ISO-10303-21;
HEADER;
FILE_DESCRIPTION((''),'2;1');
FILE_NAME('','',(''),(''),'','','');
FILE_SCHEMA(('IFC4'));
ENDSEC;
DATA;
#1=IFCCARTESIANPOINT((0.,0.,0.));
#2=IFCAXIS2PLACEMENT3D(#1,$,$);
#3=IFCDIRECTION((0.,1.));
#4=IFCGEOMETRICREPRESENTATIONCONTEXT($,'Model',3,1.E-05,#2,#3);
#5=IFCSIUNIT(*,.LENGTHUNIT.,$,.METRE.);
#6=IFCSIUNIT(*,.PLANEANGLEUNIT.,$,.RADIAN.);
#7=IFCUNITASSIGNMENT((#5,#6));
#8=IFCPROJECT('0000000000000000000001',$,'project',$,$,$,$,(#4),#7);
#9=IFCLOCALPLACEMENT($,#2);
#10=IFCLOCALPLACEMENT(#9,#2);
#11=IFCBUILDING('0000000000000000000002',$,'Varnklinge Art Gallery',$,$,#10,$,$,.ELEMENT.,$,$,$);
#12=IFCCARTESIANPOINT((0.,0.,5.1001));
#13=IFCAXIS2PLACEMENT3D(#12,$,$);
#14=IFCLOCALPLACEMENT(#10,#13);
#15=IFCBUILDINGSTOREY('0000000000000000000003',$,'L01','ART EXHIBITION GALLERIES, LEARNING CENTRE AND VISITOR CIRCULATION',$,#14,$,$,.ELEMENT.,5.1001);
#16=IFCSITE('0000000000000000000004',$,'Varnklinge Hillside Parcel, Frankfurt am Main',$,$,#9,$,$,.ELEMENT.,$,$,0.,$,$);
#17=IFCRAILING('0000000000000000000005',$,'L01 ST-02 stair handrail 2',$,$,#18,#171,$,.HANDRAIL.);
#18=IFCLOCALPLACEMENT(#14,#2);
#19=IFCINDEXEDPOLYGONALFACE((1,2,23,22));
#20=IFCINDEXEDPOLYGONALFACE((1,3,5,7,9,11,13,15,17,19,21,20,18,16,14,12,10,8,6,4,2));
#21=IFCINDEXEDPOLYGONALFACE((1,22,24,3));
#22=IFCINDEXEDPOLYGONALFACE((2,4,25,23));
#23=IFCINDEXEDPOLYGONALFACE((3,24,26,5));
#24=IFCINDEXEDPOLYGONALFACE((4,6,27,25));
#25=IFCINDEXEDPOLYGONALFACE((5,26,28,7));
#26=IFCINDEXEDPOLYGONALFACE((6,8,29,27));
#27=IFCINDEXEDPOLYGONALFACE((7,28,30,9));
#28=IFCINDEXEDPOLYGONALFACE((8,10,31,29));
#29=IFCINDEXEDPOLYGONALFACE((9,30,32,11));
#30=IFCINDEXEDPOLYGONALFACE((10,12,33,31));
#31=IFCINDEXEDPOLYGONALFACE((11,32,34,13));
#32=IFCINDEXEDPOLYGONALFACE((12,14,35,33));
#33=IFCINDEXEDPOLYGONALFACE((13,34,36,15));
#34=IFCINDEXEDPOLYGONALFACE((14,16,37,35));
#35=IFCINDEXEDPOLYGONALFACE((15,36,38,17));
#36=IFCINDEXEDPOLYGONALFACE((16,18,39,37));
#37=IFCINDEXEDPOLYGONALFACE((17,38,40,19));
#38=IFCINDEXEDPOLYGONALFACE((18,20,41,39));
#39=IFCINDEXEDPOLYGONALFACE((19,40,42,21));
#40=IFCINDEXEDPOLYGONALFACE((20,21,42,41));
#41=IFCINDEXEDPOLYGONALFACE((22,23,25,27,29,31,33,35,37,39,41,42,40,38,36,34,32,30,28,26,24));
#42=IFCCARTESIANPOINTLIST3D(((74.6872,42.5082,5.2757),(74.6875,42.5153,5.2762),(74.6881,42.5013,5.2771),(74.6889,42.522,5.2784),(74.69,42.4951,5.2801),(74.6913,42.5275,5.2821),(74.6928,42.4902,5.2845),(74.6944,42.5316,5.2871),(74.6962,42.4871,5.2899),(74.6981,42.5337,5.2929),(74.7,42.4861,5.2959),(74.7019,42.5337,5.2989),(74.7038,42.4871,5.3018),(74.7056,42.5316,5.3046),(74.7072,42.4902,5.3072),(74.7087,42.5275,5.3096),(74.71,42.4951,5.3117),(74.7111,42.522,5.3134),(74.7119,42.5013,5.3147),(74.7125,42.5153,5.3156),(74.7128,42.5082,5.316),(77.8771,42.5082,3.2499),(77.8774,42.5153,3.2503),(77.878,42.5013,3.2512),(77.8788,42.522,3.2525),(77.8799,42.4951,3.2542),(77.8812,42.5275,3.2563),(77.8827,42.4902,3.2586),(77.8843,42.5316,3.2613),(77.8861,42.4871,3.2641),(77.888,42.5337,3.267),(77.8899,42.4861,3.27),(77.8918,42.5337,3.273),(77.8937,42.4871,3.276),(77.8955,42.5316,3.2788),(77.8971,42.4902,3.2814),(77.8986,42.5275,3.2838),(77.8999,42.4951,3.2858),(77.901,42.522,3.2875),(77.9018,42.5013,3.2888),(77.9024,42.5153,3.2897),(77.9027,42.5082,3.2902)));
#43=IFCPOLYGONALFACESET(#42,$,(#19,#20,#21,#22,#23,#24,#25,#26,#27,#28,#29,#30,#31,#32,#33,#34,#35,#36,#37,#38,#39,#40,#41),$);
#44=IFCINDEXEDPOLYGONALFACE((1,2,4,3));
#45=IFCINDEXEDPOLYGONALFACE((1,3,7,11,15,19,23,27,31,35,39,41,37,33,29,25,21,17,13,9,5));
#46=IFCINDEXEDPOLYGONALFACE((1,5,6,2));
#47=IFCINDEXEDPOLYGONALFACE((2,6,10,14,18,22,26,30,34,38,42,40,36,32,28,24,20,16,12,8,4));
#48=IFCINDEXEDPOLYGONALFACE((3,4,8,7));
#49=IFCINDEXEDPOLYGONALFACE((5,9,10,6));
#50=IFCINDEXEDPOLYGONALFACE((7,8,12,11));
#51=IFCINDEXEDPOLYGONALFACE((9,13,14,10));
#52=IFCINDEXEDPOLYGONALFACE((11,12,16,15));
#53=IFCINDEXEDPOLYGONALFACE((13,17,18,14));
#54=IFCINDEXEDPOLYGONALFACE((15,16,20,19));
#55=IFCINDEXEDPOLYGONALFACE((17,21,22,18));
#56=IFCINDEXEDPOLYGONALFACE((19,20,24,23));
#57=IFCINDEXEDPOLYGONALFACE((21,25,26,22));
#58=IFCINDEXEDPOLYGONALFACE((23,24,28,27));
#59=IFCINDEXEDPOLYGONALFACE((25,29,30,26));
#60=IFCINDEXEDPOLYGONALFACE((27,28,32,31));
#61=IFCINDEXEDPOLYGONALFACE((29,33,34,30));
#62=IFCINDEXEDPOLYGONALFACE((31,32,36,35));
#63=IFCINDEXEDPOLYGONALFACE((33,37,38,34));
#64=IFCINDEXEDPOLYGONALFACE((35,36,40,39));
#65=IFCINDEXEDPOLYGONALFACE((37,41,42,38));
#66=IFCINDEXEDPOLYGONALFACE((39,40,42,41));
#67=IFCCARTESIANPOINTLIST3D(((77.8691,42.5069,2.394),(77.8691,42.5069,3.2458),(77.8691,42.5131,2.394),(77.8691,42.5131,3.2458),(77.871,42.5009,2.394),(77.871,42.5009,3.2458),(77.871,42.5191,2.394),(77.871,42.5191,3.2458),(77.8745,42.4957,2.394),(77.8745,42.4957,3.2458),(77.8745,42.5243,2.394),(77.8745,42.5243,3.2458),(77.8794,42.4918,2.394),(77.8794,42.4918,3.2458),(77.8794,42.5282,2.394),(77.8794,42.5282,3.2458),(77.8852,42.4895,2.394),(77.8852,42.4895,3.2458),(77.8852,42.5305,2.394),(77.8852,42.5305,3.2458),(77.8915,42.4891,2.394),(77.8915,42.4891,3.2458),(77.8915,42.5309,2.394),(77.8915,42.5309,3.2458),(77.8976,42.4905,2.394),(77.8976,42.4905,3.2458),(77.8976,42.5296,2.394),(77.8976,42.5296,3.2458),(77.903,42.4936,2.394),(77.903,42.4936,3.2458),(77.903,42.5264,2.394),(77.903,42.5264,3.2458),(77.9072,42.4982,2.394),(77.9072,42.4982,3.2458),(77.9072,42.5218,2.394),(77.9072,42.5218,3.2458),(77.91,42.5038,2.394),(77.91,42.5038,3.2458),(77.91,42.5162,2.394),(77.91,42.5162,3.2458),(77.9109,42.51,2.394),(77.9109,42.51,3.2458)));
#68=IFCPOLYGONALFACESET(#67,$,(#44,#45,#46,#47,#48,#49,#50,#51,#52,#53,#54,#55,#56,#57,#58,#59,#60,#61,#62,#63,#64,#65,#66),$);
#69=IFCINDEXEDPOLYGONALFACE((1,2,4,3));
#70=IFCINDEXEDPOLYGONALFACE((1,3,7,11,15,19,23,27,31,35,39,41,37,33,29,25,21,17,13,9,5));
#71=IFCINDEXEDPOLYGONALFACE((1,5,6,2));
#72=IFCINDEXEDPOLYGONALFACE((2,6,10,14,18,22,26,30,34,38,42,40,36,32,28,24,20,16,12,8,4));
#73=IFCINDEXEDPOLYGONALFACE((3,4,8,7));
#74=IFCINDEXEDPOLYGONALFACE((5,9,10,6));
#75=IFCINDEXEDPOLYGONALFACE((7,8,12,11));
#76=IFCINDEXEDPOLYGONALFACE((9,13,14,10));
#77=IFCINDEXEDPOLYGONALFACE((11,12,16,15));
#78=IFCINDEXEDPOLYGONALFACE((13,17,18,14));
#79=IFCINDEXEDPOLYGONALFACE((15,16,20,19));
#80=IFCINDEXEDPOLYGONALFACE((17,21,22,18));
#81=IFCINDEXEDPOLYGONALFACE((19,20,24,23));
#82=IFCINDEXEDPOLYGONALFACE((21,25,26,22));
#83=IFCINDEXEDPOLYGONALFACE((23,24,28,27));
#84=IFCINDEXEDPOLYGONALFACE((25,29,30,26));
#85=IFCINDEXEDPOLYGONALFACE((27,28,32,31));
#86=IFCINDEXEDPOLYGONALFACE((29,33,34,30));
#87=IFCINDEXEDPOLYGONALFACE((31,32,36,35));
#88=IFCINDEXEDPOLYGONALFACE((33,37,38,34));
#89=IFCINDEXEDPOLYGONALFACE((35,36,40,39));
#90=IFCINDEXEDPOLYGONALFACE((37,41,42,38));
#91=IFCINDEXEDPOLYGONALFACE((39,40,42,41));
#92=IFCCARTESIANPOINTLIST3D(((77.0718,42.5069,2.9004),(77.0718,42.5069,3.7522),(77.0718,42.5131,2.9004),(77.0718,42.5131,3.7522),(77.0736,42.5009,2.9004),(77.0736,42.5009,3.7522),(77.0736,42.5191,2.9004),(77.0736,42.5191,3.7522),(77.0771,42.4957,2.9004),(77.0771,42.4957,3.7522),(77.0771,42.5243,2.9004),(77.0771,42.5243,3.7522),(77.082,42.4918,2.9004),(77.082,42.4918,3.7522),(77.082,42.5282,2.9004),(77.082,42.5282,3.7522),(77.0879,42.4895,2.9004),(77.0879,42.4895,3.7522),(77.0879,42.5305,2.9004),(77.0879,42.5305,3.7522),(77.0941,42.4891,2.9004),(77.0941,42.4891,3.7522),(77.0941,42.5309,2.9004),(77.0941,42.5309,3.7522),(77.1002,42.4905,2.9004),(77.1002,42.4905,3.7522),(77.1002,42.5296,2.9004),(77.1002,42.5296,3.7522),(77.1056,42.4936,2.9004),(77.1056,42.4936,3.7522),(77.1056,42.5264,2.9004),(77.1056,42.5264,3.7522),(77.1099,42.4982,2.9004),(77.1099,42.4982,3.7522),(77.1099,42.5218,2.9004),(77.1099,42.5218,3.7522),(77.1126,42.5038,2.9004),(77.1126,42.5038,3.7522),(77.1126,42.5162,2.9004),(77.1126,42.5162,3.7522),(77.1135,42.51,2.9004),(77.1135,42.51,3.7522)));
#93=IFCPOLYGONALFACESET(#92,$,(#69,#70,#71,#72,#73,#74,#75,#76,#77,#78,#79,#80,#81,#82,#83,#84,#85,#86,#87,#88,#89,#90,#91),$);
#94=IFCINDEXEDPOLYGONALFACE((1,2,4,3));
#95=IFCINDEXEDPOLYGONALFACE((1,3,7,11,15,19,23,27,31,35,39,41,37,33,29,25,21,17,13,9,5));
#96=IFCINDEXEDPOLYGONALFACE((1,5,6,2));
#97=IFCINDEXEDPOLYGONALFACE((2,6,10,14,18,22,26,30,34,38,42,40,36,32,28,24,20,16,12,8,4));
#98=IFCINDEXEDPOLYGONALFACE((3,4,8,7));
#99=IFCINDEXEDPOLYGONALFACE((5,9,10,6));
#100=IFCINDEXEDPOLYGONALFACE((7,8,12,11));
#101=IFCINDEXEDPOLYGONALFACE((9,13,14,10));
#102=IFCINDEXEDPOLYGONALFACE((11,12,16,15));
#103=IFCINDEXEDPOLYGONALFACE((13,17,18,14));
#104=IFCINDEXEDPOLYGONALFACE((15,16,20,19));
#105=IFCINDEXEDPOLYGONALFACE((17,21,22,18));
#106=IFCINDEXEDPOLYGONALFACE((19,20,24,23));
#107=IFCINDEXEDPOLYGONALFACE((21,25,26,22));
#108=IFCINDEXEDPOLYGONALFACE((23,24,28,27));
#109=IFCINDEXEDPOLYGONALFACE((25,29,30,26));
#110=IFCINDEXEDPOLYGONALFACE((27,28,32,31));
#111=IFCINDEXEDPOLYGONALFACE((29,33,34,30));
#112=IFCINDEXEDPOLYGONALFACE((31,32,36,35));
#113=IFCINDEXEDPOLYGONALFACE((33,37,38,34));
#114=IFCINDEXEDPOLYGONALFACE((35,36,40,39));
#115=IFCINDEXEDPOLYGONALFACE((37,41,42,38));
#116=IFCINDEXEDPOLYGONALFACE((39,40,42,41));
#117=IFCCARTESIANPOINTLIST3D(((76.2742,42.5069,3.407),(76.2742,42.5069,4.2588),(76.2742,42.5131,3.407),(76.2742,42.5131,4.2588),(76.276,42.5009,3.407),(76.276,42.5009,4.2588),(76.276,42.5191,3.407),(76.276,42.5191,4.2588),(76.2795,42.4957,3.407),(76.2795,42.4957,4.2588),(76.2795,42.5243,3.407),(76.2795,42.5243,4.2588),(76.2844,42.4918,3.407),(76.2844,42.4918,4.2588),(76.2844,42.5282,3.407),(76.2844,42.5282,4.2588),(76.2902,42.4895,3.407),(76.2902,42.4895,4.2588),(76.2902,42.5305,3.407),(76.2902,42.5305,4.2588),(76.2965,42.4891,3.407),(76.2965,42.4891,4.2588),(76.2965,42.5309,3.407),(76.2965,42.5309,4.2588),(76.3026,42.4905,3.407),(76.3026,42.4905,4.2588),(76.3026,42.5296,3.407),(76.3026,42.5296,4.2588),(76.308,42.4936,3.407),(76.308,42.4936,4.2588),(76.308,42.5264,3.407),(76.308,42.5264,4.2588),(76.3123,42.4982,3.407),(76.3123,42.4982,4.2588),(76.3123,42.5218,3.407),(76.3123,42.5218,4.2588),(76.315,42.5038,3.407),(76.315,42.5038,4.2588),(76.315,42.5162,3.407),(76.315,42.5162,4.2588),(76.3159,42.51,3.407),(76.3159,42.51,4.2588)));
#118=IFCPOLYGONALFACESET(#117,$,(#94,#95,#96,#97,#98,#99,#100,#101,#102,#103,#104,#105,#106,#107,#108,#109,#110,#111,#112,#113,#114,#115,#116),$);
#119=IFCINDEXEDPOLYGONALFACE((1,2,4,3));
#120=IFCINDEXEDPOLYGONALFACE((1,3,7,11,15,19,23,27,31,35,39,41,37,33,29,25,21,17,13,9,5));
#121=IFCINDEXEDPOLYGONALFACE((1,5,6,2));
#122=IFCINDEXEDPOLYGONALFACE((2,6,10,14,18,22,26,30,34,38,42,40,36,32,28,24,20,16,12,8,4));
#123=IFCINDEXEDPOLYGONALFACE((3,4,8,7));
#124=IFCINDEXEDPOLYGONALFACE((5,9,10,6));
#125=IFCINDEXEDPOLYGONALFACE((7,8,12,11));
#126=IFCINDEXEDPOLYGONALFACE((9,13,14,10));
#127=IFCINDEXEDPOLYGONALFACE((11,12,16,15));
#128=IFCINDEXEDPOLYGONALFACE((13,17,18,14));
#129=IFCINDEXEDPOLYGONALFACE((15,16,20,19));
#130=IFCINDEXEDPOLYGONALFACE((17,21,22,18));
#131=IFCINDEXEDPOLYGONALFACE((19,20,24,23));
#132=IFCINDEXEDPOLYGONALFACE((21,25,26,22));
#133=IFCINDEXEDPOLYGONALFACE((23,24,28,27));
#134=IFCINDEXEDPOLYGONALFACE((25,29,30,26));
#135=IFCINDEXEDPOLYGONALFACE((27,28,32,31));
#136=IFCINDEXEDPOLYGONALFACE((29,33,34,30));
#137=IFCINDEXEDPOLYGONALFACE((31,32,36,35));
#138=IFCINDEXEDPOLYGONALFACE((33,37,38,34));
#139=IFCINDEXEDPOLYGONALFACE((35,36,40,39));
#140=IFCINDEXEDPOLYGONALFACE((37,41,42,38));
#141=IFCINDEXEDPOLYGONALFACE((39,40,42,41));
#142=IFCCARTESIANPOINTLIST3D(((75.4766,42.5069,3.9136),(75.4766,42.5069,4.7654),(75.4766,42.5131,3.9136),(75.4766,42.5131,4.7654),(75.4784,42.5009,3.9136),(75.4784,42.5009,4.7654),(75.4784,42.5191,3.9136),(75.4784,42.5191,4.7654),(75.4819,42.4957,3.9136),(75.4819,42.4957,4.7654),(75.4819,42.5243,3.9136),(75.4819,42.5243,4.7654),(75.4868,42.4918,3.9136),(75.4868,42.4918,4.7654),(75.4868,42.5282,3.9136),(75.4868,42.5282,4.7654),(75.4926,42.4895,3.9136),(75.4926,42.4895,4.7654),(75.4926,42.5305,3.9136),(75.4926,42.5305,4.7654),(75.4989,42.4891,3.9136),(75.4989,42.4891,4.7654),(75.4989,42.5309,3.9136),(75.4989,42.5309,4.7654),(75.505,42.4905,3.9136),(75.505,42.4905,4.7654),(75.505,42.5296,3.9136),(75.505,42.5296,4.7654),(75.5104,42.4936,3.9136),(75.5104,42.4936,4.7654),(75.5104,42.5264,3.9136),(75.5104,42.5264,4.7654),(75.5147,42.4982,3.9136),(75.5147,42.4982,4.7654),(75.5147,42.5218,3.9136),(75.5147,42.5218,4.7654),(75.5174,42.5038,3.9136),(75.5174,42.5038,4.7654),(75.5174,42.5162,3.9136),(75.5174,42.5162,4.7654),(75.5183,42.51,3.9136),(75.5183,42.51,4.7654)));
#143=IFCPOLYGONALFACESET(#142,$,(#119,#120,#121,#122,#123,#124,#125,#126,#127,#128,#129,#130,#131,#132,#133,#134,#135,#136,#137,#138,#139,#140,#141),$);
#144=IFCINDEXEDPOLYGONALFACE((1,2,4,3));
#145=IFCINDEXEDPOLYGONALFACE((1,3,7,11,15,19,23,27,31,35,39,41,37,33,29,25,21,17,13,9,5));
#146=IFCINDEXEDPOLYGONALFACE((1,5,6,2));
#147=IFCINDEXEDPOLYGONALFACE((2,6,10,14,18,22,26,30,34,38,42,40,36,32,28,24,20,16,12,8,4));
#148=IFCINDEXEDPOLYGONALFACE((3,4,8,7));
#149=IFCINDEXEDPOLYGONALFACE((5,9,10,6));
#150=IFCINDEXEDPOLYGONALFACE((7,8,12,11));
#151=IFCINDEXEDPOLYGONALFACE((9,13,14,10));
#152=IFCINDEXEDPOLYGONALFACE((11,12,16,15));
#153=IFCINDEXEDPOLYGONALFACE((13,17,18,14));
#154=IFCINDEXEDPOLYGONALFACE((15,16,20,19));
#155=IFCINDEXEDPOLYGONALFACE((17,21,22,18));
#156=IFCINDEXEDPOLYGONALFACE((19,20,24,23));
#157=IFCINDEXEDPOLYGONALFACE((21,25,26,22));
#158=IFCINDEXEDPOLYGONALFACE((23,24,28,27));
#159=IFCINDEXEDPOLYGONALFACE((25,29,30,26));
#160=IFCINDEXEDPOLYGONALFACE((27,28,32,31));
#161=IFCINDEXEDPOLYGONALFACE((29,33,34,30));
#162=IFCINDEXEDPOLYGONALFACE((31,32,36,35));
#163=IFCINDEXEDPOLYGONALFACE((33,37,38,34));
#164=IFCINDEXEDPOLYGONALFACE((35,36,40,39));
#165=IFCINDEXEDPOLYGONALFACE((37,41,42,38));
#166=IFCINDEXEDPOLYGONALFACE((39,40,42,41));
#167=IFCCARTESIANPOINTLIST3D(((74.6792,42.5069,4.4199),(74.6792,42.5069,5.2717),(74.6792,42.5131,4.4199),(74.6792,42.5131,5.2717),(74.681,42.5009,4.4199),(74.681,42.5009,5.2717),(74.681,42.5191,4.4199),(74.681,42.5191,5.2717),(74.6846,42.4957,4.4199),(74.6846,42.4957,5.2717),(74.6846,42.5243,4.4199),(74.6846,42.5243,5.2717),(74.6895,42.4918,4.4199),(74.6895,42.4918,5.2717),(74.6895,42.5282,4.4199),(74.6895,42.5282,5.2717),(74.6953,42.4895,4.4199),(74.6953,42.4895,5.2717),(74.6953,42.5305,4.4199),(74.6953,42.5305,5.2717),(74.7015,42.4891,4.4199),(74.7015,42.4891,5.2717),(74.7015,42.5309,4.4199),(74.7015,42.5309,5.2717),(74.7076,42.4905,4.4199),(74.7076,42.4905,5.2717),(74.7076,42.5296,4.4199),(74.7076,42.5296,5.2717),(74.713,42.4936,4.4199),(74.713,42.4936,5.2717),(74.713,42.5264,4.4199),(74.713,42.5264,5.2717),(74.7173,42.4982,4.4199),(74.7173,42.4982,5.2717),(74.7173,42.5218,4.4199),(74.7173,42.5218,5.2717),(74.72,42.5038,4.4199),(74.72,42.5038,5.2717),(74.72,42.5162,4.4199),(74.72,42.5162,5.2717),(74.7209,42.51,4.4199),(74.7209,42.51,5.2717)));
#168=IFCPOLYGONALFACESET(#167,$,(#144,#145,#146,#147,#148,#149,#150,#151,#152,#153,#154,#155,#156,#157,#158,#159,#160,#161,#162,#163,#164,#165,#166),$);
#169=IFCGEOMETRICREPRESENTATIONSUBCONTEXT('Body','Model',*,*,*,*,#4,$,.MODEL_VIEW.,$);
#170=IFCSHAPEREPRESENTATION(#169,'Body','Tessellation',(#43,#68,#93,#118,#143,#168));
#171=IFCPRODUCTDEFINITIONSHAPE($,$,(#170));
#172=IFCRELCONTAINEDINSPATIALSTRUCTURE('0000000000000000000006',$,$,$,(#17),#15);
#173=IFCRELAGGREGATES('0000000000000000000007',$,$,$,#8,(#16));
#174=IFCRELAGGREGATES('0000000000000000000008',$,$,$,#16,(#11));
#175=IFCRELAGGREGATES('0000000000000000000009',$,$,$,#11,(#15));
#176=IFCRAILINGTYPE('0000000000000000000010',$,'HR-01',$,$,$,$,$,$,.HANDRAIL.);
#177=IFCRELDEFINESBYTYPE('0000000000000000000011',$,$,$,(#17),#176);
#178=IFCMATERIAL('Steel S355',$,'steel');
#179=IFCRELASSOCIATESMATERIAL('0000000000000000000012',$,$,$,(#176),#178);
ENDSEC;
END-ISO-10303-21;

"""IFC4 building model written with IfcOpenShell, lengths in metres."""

from ifc_helpers import new_model, si_unit, direction, frame, origin, origin_2d, place, context, subcontext, project, spatial, circle, extrude, material, type_object, element, save


model = new_model("IFC4")

# Units and contexts
model_context = context("Model", 3, precision=1e-05, world=origin(), true_north=direction((0.0, 1.0)))
body_context = subcontext(model_context, "Body", "Model", "MODEL_VIEW")
ifc_project = project(units=[si_unit("LENGTHUNIT", "METRE"), si_unit("PLANEANGLEUNIT", "RADIAN")], contexts=[model_context])

# Site, building, storey
site_placement = place(None, origin())
site = spatial("IfcSite", under=ifc_project, at=site_placement, Name="Varnklinge Hillside Parcel, Frankfurt am Main", CompositionType="ELEMENT", RefElevation=0.0)
building_placement = place(site_placement, origin())
building = spatial("IfcBuilding", under=site, at=building_placement, Name="Varnklinge Art Gallery", CompositionType="ELEMENT")
storey_placement = place(building_placement, frame((0.0, 0.0, 5.1001)))
storey = spatial("IfcBuildingStorey", under=building, at=storey_placement, Name="L01", Description="ART EXHIBITION GALLERIES, LEARNING CENTRE AND VISITOR CIRCULATION", CompositionType="ELEMENT", Elevation=5.1001)

# Railing
ifc_material_1 = material(Name="Steel S355", Category="steel")
railing_type_1 = type_object("IfcRailingType", Name="HR-01", PredefinedType="HANDRAIL", material=ifc_material_1)
railing_1_placement = place(storey_placement, frame((77.8899, 42.51, 2.394)))
element("IfcRailing", 1, at=railing_1_placement, inside=storey, type_object=railing_type_1, Name="L01 ST-02 stair handrail 2", PredefinedType="HANDRAIL", context=body_context, shape_type="SweptSolid", body=[
    extrude(circle(Radius=0.0239, at=origin_2d()), frame((0.0, 0.0, 0.876), z_axis=(-0.844151, 0.0, 0.536106), x_axis=(0.0, -1.0, 0.0)), (0.0, 0.0, 1.0), 3.7788),
    extrude(circle(Radius=0.021, at=origin_2d()), origin(), (0.0, 0.0, 1.0), 0.8518),
    extrude(circle(Radius=0.021, at=origin_2d()), frame((-0.7974, 0.0, 0.5063)), (0.0, 0.0, 1.0), 0.8518),
    extrude(circle(Radius=0.021, at=origin_2d()), frame((-1.595, 0.0, 1.0129)), (0.0, 0.0, 1.0), 0.8518),
    extrude(circle(Radius=0.021, at=origin_2d()), frame((-2.3926, 0.0, 1.5195)), (0.0, 0.0, 1.0), 0.8518),
    extrude(circle(Radius=0.021, at=origin_2d()), frame((-3.1899, 0.0, 2.0259)), (0.0, 0.0, 1.0), 0.8518),
])

save(model, "model.ifc")
